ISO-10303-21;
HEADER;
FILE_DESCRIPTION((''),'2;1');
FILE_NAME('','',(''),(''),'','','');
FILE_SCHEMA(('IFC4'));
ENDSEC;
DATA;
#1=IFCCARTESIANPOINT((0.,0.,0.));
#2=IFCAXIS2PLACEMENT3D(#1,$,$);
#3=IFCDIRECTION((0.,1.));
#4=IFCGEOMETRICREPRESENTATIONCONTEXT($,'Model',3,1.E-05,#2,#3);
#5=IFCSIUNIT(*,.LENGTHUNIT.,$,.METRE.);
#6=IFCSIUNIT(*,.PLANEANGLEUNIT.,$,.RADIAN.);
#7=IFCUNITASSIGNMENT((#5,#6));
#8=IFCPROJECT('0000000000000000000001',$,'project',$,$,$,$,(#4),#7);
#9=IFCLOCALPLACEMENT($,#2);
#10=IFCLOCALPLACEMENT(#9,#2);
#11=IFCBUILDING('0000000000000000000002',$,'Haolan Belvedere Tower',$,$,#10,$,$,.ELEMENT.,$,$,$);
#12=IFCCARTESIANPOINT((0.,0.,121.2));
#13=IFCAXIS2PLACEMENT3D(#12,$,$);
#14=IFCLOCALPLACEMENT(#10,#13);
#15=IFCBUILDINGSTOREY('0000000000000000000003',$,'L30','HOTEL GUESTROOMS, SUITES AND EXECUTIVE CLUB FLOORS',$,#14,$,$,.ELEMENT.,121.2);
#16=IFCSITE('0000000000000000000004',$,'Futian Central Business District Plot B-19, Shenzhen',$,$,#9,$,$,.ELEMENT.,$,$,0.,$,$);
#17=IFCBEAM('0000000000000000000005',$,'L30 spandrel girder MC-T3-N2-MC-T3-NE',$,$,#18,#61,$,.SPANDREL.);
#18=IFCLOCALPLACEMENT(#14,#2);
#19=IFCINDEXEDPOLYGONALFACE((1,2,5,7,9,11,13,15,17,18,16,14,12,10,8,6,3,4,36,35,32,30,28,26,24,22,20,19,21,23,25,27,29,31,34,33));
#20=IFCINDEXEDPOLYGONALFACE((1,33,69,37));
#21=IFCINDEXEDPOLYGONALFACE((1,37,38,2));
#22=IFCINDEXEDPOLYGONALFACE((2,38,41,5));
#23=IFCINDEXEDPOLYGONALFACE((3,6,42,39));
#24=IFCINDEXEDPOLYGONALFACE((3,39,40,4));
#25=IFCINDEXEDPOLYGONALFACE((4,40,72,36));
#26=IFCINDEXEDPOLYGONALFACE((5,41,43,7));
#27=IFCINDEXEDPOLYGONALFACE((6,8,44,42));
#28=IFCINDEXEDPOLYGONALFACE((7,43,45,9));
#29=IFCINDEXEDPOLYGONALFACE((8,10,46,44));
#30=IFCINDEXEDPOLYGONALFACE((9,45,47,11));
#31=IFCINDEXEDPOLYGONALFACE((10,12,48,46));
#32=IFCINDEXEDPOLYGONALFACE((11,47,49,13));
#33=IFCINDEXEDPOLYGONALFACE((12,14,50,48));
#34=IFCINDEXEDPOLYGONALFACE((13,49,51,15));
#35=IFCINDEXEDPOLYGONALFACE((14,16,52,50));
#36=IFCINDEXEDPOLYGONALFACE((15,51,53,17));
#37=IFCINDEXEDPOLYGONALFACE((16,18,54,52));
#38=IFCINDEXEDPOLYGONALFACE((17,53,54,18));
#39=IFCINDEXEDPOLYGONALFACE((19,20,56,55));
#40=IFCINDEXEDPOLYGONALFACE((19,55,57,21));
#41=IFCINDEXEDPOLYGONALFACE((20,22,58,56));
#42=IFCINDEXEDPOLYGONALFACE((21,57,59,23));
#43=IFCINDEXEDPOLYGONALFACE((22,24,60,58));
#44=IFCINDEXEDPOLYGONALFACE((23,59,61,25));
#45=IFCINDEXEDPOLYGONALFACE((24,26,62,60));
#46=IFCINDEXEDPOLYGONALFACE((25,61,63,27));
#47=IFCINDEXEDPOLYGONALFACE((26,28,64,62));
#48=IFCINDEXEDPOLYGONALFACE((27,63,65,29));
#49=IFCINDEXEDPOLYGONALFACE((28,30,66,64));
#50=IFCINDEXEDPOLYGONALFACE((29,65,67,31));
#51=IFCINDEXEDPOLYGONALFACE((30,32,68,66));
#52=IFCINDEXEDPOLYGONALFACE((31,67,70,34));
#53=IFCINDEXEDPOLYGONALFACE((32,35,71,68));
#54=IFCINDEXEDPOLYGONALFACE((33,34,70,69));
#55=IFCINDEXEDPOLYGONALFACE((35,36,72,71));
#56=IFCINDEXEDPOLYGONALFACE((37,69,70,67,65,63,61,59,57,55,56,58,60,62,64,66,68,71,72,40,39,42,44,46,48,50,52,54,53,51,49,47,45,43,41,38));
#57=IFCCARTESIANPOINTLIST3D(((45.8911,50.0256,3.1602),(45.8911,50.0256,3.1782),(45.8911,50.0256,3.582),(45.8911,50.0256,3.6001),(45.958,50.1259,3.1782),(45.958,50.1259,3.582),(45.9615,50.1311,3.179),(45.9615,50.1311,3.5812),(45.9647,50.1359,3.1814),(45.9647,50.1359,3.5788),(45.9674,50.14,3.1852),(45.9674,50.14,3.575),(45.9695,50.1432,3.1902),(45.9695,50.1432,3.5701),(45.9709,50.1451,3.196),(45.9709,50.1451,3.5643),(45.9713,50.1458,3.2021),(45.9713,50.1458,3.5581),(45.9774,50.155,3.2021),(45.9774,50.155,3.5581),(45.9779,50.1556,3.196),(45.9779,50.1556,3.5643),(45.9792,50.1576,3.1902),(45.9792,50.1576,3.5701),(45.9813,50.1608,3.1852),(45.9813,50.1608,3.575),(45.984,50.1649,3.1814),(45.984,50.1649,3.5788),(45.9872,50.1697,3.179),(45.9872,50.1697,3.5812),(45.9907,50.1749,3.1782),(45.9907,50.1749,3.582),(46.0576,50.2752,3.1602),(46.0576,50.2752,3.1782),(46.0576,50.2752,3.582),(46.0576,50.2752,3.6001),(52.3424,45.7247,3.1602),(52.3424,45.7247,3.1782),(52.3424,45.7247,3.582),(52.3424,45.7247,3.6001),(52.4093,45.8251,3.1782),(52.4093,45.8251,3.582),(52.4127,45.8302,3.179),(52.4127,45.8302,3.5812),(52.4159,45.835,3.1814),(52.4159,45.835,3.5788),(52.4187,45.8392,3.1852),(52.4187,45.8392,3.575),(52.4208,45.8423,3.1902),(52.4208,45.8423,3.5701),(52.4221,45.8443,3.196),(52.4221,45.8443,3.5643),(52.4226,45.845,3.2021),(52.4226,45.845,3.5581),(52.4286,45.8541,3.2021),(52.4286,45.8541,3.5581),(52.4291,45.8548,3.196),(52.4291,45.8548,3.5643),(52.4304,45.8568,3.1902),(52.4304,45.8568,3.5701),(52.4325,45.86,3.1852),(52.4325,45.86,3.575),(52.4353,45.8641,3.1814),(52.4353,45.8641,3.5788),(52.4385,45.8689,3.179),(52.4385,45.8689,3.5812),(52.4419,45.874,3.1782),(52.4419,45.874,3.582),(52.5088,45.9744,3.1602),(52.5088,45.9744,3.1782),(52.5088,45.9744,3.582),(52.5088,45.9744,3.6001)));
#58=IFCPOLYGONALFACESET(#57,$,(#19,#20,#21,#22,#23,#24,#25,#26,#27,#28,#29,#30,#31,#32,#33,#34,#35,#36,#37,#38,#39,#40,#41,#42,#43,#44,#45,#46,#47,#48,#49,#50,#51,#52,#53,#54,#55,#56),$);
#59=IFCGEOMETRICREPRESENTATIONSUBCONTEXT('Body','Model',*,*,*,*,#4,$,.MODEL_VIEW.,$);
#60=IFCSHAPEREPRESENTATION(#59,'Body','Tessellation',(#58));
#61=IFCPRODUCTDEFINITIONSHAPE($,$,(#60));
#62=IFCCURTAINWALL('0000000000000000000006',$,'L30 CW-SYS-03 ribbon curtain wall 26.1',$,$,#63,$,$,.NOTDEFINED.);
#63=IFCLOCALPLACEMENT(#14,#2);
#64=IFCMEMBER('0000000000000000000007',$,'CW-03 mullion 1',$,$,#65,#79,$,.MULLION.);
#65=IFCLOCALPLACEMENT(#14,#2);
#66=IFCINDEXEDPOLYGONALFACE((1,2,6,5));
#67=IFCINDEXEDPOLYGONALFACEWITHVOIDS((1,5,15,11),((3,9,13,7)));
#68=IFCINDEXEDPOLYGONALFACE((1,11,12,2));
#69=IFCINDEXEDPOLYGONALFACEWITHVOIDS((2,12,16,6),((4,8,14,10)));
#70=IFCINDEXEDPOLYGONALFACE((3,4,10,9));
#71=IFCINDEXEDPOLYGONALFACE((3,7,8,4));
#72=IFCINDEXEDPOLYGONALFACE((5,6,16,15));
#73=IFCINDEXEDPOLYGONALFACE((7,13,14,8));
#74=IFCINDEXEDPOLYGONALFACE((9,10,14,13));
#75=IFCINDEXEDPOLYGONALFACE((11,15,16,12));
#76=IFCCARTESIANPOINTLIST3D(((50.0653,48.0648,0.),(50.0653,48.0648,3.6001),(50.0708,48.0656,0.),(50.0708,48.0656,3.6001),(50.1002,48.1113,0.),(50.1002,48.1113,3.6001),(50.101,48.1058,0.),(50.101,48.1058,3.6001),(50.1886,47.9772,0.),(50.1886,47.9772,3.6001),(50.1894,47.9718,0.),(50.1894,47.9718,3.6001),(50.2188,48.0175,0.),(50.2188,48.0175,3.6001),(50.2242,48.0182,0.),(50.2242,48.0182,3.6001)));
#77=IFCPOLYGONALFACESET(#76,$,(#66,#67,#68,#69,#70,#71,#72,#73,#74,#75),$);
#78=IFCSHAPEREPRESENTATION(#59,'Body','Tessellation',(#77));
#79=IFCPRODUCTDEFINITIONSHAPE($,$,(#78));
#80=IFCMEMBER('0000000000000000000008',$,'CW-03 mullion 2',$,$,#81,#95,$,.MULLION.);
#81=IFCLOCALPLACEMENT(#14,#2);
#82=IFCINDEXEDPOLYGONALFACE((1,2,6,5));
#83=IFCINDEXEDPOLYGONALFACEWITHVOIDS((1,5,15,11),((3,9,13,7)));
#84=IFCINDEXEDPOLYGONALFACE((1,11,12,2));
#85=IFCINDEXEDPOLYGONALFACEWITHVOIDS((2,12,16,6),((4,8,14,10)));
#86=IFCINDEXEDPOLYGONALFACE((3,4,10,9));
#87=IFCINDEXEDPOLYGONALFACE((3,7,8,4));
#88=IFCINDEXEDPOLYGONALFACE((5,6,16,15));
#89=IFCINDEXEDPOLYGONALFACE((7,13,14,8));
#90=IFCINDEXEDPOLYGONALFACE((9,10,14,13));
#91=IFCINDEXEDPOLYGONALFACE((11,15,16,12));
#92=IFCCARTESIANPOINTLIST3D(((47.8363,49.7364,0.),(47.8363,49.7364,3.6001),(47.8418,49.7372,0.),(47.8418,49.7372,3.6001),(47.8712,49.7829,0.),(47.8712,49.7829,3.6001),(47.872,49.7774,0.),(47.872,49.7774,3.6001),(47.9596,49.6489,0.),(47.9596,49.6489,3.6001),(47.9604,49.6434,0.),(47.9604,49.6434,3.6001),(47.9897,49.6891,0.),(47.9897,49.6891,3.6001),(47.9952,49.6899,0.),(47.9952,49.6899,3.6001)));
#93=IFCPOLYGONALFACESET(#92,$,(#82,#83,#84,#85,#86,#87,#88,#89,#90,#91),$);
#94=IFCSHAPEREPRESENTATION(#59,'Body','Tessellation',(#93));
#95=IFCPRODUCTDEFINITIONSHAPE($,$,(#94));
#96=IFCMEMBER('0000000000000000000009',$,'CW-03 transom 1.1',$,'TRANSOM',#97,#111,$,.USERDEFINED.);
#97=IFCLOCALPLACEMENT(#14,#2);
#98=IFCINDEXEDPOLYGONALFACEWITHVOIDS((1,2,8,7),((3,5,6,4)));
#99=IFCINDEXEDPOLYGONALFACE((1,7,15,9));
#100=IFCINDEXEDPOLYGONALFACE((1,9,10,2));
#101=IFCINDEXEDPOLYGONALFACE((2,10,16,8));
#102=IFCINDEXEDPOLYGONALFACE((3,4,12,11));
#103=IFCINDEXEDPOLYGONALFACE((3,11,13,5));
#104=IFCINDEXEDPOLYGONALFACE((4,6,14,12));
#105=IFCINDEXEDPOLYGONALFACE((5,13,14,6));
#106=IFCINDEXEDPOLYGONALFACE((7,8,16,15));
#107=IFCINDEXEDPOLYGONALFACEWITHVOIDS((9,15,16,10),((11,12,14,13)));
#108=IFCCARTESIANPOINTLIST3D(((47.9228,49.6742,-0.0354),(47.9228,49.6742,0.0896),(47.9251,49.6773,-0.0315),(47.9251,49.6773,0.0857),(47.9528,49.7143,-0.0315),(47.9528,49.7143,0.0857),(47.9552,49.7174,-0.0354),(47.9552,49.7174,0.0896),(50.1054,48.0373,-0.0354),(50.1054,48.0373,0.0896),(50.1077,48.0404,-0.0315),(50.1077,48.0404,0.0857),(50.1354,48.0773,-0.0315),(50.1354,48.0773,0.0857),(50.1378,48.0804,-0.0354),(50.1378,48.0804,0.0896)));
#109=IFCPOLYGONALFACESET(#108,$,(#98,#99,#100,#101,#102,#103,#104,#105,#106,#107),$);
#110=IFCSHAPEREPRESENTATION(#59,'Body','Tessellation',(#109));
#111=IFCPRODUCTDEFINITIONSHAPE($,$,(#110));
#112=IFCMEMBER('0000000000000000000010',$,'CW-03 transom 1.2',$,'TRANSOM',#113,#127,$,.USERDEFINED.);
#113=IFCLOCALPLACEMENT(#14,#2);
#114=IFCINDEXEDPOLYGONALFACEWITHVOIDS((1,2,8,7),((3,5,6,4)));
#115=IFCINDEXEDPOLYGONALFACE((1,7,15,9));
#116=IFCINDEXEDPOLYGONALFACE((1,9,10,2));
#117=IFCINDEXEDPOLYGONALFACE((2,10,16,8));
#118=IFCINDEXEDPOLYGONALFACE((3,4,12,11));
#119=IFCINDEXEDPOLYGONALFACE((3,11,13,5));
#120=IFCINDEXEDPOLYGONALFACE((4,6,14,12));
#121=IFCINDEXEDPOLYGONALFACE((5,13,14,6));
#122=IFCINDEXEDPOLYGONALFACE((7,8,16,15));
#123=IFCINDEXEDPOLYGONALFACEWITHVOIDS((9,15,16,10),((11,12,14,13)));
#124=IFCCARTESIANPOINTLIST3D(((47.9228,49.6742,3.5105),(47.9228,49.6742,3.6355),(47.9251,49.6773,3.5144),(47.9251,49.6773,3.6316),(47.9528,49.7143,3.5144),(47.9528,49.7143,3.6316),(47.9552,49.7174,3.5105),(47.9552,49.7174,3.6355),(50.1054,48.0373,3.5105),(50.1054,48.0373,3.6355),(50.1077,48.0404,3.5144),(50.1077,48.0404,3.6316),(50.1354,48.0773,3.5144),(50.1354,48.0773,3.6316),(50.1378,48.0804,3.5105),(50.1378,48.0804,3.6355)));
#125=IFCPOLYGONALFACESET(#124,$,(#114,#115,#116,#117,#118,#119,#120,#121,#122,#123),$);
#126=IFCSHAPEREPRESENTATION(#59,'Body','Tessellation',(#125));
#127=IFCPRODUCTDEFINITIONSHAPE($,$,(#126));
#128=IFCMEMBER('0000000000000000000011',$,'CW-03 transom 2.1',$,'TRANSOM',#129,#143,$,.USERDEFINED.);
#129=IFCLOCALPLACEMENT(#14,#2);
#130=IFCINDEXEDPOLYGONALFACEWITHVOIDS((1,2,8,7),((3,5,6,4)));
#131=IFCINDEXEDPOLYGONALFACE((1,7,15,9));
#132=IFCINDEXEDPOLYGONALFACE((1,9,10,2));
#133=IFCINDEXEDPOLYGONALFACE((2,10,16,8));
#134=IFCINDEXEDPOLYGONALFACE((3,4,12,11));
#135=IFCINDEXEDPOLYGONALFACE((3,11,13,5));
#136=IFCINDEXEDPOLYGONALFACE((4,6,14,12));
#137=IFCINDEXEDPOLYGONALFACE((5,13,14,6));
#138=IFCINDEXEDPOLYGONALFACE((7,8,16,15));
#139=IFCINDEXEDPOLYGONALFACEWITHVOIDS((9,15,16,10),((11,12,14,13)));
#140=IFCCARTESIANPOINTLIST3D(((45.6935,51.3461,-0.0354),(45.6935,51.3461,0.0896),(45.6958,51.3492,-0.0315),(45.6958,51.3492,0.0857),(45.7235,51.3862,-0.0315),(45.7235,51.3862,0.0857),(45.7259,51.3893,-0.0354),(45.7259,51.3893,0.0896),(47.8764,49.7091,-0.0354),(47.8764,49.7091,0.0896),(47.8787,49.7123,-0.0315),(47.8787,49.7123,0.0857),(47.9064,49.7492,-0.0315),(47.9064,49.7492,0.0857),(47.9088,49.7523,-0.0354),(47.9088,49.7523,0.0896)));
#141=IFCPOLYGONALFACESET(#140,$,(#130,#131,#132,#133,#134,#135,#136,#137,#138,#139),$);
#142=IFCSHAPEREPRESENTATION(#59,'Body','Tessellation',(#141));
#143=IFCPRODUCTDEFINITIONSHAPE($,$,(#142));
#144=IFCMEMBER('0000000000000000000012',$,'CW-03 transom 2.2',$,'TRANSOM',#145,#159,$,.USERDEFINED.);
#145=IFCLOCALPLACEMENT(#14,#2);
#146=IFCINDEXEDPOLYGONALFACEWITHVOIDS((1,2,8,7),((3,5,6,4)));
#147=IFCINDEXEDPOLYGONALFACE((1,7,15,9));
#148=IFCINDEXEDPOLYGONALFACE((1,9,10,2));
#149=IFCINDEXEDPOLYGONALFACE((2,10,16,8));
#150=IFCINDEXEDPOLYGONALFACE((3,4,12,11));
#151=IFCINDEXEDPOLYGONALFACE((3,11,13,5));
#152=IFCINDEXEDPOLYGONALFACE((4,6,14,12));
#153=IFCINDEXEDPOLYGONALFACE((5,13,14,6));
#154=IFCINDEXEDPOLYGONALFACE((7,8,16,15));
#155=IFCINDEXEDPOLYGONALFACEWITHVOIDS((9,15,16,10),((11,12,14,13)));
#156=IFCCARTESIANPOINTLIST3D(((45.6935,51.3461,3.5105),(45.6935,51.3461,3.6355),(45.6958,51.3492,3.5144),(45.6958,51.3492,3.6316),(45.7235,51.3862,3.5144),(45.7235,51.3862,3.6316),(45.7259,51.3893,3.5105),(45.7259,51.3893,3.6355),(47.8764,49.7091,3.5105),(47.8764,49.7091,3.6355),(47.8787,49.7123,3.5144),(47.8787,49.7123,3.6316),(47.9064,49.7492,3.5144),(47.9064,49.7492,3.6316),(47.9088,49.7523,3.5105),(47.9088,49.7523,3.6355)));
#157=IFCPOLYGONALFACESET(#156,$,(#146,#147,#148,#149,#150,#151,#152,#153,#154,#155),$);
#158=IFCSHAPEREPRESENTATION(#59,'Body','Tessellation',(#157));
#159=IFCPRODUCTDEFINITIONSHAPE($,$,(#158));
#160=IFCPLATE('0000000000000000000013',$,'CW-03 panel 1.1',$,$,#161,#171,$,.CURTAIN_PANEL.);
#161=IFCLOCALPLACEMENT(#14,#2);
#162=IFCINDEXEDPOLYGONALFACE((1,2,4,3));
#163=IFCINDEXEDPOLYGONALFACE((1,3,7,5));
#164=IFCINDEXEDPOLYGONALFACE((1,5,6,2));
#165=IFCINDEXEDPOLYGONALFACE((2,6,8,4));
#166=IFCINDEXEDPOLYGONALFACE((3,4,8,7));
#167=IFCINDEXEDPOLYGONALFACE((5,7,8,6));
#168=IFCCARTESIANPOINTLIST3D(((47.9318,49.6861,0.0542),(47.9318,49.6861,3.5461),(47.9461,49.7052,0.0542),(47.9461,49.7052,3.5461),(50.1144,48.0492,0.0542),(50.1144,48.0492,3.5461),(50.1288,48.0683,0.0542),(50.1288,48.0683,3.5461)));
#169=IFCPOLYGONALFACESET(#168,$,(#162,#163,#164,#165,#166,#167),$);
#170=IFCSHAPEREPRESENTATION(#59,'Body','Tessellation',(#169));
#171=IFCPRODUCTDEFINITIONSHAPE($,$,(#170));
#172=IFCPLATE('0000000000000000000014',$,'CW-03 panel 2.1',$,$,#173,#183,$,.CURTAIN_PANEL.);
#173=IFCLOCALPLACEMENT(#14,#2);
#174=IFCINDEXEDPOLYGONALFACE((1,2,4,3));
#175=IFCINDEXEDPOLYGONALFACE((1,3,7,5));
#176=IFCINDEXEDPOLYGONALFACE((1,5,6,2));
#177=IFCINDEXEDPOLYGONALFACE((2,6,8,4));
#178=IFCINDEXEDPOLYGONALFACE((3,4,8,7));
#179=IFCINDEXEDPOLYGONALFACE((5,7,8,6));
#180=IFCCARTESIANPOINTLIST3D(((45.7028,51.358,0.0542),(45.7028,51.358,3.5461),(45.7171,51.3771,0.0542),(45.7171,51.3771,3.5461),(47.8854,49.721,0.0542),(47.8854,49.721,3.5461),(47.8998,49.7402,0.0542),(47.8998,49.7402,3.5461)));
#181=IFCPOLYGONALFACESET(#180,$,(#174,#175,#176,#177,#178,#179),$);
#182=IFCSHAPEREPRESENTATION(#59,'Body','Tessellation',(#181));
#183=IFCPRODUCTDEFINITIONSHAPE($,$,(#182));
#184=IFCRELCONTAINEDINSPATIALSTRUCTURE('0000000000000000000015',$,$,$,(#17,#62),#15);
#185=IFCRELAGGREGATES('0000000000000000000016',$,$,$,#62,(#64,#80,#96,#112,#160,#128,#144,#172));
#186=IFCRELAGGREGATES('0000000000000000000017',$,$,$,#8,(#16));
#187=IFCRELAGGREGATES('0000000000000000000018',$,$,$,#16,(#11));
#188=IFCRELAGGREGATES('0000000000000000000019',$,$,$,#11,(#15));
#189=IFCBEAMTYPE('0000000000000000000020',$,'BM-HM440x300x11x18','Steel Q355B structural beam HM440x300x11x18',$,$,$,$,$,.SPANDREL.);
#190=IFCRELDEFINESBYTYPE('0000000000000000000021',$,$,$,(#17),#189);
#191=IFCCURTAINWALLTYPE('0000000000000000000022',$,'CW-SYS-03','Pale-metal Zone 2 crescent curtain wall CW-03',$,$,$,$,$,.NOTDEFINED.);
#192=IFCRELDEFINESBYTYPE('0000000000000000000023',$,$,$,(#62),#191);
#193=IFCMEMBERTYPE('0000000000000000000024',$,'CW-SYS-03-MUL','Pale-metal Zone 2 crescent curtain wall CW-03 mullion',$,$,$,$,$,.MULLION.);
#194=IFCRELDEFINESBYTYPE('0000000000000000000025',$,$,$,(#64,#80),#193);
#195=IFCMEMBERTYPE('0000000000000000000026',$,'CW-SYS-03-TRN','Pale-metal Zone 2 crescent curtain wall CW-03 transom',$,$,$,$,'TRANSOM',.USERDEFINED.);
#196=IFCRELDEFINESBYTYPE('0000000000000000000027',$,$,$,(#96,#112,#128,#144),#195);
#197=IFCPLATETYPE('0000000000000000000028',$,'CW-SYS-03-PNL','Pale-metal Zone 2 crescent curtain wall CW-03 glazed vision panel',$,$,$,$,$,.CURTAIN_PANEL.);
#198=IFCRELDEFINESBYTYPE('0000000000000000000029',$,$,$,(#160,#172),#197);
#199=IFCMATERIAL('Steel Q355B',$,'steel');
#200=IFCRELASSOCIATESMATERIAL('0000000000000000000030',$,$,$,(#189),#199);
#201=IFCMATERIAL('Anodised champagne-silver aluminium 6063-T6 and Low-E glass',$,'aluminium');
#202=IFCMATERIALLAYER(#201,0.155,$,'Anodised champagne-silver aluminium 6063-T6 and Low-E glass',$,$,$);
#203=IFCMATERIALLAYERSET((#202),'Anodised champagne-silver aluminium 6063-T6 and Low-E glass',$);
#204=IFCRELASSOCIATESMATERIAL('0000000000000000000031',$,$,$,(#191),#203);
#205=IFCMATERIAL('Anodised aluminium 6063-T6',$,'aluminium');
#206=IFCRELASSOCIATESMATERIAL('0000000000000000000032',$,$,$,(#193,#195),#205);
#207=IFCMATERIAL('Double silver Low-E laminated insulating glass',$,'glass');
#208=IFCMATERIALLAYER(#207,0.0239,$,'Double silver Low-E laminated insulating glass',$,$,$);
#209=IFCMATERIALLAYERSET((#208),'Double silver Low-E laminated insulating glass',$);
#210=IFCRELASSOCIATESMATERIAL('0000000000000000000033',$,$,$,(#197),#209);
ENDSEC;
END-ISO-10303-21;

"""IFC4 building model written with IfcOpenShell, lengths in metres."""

from ifc_helpers import new_model, si_unit, direction, frame, origin, origin_2d, place, context, subcontext, project, spatial, rectangle, hollow_rectangle, i_section, extrude, material, layer, layer_set, material_profile, profile_set, type_object, element, aggregate, save


model = new_model("IFC4")

# Units and contexts
model_context = context("Model", 3, precision=1e-05, world=origin(), true_north=direction((0.0, 1.0)))
body_context = subcontext(model_context, "Body", "Model", "MODEL_VIEW")
ifc_project = project(units=[si_unit("LENGTHUNIT", "METRE"), si_unit("PLANEANGLEUNIT", "RADIAN")], contexts=[model_context])

# Site, building, storey
site_placement = place(None, origin())
site = spatial("IfcSite", under=ifc_project, at=site_placement, Name="Futian Central Business District Plot B-19, Shenzhen", CompositionType="ELEMENT", RefElevation=0.0)
building_placement = place(site_placement, origin())
building = spatial("IfcBuilding", under=site, at=building_placement, Name="Haolan Belvedere Tower", CompositionType="ELEMENT")
storey_placement = place(building_placement, frame((0.0, 0.0, 121.2)))
storey = spatial("IfcBuildingStorey", under=building, at=storey_placement, Name="L30", Description="HOTEL GUESTROOMS, SUITES AND EXECUTIVE CLUB FLOORS", CompositionType="ELEMENT", Elevation=121.2)

# Beam
ifc_material_1 = material(Name="Steel Q355B", Category="steel")
ifc_material_profile_1 = material_profile(ifc_material_1, i_section(OverallWidth=0.3, OverallDepth=0.4399, WebThickness=0.011, FlangeThickness=0.0181, FilletRadius=0.0239, at=origin_2d()), Name="Steel Q355B")
ifc_profile_set_1 = profile_set([ifc_material_profile_1], Name="Steel Q355B")
beam_type = type_object("IfcBeamType", Name="BM-HM440x300x11x18", Description="Steel Q355B structural beam HM440x300x11x18", PredefinedType="SPANDREL", material=ifc_profile_set_1)
beam_placement = place(storey_placement, frame((45.9744, 50.1504, 3.3801), z_axis=(0.83205, -0.5547, 0.0), x_axis=(0.5547, 0.83205, 0.0)))
element("IfcBeam", 1, at=beam_placement, inside=storey, type_object=beam_type, Name="L30 spandrel girder MC-T3-N2-MC-T3-NE", PredefinedType="SPANDREL", context=body_context, shape_type="SweptSolid", body=[
    extrude(i_section(OverallWidth=0.3, OverallDepth=0.4399, WebThickness=0.011, FlangeThickness=0.0181, FilletRadius=0.0239, at=origin_2d()), origin(), (0.0, 0.0, 1.0), 7.7534),
])

# Curtain wall, members, plates
ifc_material_2 = material(Name="Anodised champagne-silver aluminium 6063-T6 and Low-E glass", Category="aluminium")
ifc_layer_1 = layer(ifc_material_2, 0.155, Name="Anodised champagne-silver aluminium 6063-T6 and Low-E glass")
ifc_layer_set_1 = layer_set([ifc_layer_1], Name="Anodised champagne-silver aluminium 6063-T6 and Low-E glass")
curtain_wall_type = type_object("IfcCurtainWallType", Name="CW-SYS-03", Description="Pale-metal Zone 2 crescent curtain wall CW-03", PredefinedType="NOTDEFINED", material=ifc_layer_set_1)
curtain_wall_placement = place(storey_placement, origin())
curtain_wall = element("IfcCurtainWall", 2, at=curtain_wall_placement, inside=storey, type_object=curtain_wall_type, Name="L30 CW-SYS-03 ribbon curtain wall 26.1", PredefinedType="NOTDEFINED")
ifc_material_3 = material(Name="Anodised aluminium 6063-T6", Category="aluminium")
ifc_material_profile_2 = material_profile(ifc_material_3, hollow_rectangle(XDim=0.0581, YDim=0.155, WallThickness=0.0039, at=origin_2d()), Name="Anodised aluminium 6063-T6")
ifc_profile_set_2 = profile_set([ifc_material_profile_2], Name="Anodised aluminium 6063-T6")
member_type_1 = type_object("IfcMemberType", Name="CW-SYS-03-MUL", Description="Pale-metal Zone 2 crescent curtain wall CW-03 mullion", PredefinedType="MULLION", material=ifc_profile_set_2)
member_1_placement = place(storey_placement, frame((50.1448, 48.0415, 0.0), z_axis=(0.0, 0.0, 1.0), x_axis=(-0.599994, -0.800004, 0.0)))
member_1 = element("IfcMember", 3, at=member_1_placement, type_object=member_type_1, Name="CW-03 mullion 1", PredefinedType="MULLION", context=body_context, shape_type="SweptSolid", body=[
    extrude(hollow_rectangle(XDim=0.0581, YDim=0.155, WallThickness=0.0039, at=origin_2d()), origin(), (0.0, 0.0, 1.0), 3.6001),
])
member_2_placement = place(storey_placement, frame((47.9158, 49.7131, 0.0), z_axis=(0.0, 0.0, 1.0), x_axis=(-0.599994, -0.800004, 0.0)))
member_2 = element("IfcMember", 4, at=member_2_placement, type_object=member_type_1, Name="CW-03 mullion 2", PredefinedType="MULLION", context=body_context, shape_type="SweptSolid", body=[
    extrude(hollow_rectangle(XDim=0.0581, YDim=0.155, WallThickness=0.0039, at=origin_2d()), origin(), (0.0, 0.0, 1.0), 3.6001),
])
ifc_material_profile_3 = material_profile(ifc_material_3, hollow_rectangle(XDim=0.054, YDim=0.125, WallThickness=0.0039, at=origin_2d()), Name="Anodised aluminium 6063-T6")
ifc_profile_set_3 = profile_set([ifc_material_profile_3], Name="Anodised aluminium 6063-T6")
member_type_2 = type_object("IfcMemberType", Name="CW-SYS-03-TRN", Description="Pale-metal Zone 2 crescent curtain wall CW-03 transom", ElementType="TRANSOM", PredefinedType="USERDEFINED", material=ifc_profile_set_3)
member_3_placement = place(storey_placement, frame((50.1216, 48.0588, 0.0271), z_axis=(-0.8, 0.6, 0.0), x_axis=(-0.6, -0.8, 0.0)))
member_3 = element("IfcMember", 5, at=member_3_placement, type_object=member_type_2, Name="CW-03 transom 1.1", ObjectType="TRANSOM", PredefinedType="USERDEFINED", context=body_context, shape_type="SweptSolid", body=[
    extrude(hollow_rectangle(XDim=0.054, YDim=0.125, WallThickness=0.0039, at=origin_2d()), origin(), (0.0, 0.0, 1.0), 2.7283),
])
member_4_placement = place(storey_placement, frame((50.1216, 48.0588, 3.573), z_axis=(-0.8, 0.6, 0.0), x_axis=(-0.6, -0.8, 0.0)))
member_4 = element("IfcMember", 6, at=member_4_placement, type_object=member_type_2, Name="CW-03 transom 1.2", ObjectType="TRANSOM", PredefinedType="USERDEFINED", context=body_context, shape_type="SweptSolid", body=[
    extrude(hollow_rectangle(XDim=0.054, YDim=0.125, WallThickness=0.0039, at=origin_2d()), origin(), (0.0, 0.0, 1.0), 2.7283),
])
member_5_placement = place(storey_placement, frame((47.8926, 49.7307, 0.0271), z_axis=(-0.800032, 0.599957, 0.0), x_axis=(-0.599957, -0.800032, 0.0)))
member_5 = element("IfcMember", 7, at=member_5_placement, type_object=member_type_2, Name="CW-03 transom 2.1", ObjectType="TRANSOM", PredefinedType="USERDEFINED", context=body_context, shape_type="SweptSolid", body=[
    extrude(hollow_rectangle(XDim=0.054, YDim=0.125, WallThickness=0.0039, at=origin_2d()), origin(), (0.0, 0.0, 1.0), 2.7285),
])
member_6_placement = place(storey_placement, frame((47.8926, 49.7307, 3.573), z_axis=(-0.800032, 0.599957, 0.0), x_axis=(-0.599957, -0.800032, 0.0)))
member_6 = element("IfcMember", 8, at=member_6_placement, type_object=member_type_2, Name="CW-03 transom 2.2", ObjectType="TRANSOM", PredefinedType="USERDEFINED", context=body_context, shape_type="SweptSolid", body=[
    extrude(hollow_rectangle(XDim=0.054, YDim=0.125, WallThickness=0.0039, at=origin_2d()), origin(), (0.0, 0.0, 1.0), 2.7285),
])
ifc_material_4 = material(Name="Double silver Low-E laminated insulating glass", Category="glass")
ifc_layer_2 = layer(ifc_material_4, 0.0239, Name="Double silver Low-E laminated insulating glass")
ifc_layer_set_2 = layer_set([ifc_layer_2], Name="Double silver Low-E laminated insulating glass")
plate_type = type_object("IfcPlateType", Name="CW-SYS-03-PNL", Description="Pale-metal Zone 2 crescent curtain wall CW-03 glazed vision panel", PredefinedType="CURTAIN_PANEL", material=ifc_layer_set_2)
plate_1_placement = place(storey_placement, frame((49.0303, 48.8772, 0.0542), z_axis=(0.0, 0.0, 1.0), x_axis=(-0.800004, 0.599994, 0.0)))
plate_1 = element("IfcPlate", 9, at=plate_1_placement, type_object=plate_type, Name="CW-03 panel 1.1", PredefinedType="CURTAIN_PANEL", context=body_context, shape_type="SweptSolid", body=[
    extrude(rectangle(XDim=2.7283, YDim=0.0239, at=origin_2d()), origin(), (0.0, 0.0, 1.0), 3.4919),
])
plate_2_placement = place(storey_placement, frame((46.8013, 50.5491, 0.0542), z_axis=(0.0, 0.0, 1.0), x_axis=(-0.800004, 0.599994, 0.0)))
plate_2 = element("IfcPlate", 10, at=plate_2_placement, type_object=plate_type, Name="CW-03 panel 2.1", PredefinedType="CURTAIN_PANEL", context=body_context, shape_type="SweptSolid", body=[
    extrude(rectangle(XDim=2.7283, YDim=0.0239, at=origin_2d()), origin(), (0.0, 0.0, 1.0), 3.4919),
])
aggregate(curtain_wall, [member_1, member_2, member_3, member_4, plate_1, member_5, member_6, plate_2])

save(model, "model.ifc")
